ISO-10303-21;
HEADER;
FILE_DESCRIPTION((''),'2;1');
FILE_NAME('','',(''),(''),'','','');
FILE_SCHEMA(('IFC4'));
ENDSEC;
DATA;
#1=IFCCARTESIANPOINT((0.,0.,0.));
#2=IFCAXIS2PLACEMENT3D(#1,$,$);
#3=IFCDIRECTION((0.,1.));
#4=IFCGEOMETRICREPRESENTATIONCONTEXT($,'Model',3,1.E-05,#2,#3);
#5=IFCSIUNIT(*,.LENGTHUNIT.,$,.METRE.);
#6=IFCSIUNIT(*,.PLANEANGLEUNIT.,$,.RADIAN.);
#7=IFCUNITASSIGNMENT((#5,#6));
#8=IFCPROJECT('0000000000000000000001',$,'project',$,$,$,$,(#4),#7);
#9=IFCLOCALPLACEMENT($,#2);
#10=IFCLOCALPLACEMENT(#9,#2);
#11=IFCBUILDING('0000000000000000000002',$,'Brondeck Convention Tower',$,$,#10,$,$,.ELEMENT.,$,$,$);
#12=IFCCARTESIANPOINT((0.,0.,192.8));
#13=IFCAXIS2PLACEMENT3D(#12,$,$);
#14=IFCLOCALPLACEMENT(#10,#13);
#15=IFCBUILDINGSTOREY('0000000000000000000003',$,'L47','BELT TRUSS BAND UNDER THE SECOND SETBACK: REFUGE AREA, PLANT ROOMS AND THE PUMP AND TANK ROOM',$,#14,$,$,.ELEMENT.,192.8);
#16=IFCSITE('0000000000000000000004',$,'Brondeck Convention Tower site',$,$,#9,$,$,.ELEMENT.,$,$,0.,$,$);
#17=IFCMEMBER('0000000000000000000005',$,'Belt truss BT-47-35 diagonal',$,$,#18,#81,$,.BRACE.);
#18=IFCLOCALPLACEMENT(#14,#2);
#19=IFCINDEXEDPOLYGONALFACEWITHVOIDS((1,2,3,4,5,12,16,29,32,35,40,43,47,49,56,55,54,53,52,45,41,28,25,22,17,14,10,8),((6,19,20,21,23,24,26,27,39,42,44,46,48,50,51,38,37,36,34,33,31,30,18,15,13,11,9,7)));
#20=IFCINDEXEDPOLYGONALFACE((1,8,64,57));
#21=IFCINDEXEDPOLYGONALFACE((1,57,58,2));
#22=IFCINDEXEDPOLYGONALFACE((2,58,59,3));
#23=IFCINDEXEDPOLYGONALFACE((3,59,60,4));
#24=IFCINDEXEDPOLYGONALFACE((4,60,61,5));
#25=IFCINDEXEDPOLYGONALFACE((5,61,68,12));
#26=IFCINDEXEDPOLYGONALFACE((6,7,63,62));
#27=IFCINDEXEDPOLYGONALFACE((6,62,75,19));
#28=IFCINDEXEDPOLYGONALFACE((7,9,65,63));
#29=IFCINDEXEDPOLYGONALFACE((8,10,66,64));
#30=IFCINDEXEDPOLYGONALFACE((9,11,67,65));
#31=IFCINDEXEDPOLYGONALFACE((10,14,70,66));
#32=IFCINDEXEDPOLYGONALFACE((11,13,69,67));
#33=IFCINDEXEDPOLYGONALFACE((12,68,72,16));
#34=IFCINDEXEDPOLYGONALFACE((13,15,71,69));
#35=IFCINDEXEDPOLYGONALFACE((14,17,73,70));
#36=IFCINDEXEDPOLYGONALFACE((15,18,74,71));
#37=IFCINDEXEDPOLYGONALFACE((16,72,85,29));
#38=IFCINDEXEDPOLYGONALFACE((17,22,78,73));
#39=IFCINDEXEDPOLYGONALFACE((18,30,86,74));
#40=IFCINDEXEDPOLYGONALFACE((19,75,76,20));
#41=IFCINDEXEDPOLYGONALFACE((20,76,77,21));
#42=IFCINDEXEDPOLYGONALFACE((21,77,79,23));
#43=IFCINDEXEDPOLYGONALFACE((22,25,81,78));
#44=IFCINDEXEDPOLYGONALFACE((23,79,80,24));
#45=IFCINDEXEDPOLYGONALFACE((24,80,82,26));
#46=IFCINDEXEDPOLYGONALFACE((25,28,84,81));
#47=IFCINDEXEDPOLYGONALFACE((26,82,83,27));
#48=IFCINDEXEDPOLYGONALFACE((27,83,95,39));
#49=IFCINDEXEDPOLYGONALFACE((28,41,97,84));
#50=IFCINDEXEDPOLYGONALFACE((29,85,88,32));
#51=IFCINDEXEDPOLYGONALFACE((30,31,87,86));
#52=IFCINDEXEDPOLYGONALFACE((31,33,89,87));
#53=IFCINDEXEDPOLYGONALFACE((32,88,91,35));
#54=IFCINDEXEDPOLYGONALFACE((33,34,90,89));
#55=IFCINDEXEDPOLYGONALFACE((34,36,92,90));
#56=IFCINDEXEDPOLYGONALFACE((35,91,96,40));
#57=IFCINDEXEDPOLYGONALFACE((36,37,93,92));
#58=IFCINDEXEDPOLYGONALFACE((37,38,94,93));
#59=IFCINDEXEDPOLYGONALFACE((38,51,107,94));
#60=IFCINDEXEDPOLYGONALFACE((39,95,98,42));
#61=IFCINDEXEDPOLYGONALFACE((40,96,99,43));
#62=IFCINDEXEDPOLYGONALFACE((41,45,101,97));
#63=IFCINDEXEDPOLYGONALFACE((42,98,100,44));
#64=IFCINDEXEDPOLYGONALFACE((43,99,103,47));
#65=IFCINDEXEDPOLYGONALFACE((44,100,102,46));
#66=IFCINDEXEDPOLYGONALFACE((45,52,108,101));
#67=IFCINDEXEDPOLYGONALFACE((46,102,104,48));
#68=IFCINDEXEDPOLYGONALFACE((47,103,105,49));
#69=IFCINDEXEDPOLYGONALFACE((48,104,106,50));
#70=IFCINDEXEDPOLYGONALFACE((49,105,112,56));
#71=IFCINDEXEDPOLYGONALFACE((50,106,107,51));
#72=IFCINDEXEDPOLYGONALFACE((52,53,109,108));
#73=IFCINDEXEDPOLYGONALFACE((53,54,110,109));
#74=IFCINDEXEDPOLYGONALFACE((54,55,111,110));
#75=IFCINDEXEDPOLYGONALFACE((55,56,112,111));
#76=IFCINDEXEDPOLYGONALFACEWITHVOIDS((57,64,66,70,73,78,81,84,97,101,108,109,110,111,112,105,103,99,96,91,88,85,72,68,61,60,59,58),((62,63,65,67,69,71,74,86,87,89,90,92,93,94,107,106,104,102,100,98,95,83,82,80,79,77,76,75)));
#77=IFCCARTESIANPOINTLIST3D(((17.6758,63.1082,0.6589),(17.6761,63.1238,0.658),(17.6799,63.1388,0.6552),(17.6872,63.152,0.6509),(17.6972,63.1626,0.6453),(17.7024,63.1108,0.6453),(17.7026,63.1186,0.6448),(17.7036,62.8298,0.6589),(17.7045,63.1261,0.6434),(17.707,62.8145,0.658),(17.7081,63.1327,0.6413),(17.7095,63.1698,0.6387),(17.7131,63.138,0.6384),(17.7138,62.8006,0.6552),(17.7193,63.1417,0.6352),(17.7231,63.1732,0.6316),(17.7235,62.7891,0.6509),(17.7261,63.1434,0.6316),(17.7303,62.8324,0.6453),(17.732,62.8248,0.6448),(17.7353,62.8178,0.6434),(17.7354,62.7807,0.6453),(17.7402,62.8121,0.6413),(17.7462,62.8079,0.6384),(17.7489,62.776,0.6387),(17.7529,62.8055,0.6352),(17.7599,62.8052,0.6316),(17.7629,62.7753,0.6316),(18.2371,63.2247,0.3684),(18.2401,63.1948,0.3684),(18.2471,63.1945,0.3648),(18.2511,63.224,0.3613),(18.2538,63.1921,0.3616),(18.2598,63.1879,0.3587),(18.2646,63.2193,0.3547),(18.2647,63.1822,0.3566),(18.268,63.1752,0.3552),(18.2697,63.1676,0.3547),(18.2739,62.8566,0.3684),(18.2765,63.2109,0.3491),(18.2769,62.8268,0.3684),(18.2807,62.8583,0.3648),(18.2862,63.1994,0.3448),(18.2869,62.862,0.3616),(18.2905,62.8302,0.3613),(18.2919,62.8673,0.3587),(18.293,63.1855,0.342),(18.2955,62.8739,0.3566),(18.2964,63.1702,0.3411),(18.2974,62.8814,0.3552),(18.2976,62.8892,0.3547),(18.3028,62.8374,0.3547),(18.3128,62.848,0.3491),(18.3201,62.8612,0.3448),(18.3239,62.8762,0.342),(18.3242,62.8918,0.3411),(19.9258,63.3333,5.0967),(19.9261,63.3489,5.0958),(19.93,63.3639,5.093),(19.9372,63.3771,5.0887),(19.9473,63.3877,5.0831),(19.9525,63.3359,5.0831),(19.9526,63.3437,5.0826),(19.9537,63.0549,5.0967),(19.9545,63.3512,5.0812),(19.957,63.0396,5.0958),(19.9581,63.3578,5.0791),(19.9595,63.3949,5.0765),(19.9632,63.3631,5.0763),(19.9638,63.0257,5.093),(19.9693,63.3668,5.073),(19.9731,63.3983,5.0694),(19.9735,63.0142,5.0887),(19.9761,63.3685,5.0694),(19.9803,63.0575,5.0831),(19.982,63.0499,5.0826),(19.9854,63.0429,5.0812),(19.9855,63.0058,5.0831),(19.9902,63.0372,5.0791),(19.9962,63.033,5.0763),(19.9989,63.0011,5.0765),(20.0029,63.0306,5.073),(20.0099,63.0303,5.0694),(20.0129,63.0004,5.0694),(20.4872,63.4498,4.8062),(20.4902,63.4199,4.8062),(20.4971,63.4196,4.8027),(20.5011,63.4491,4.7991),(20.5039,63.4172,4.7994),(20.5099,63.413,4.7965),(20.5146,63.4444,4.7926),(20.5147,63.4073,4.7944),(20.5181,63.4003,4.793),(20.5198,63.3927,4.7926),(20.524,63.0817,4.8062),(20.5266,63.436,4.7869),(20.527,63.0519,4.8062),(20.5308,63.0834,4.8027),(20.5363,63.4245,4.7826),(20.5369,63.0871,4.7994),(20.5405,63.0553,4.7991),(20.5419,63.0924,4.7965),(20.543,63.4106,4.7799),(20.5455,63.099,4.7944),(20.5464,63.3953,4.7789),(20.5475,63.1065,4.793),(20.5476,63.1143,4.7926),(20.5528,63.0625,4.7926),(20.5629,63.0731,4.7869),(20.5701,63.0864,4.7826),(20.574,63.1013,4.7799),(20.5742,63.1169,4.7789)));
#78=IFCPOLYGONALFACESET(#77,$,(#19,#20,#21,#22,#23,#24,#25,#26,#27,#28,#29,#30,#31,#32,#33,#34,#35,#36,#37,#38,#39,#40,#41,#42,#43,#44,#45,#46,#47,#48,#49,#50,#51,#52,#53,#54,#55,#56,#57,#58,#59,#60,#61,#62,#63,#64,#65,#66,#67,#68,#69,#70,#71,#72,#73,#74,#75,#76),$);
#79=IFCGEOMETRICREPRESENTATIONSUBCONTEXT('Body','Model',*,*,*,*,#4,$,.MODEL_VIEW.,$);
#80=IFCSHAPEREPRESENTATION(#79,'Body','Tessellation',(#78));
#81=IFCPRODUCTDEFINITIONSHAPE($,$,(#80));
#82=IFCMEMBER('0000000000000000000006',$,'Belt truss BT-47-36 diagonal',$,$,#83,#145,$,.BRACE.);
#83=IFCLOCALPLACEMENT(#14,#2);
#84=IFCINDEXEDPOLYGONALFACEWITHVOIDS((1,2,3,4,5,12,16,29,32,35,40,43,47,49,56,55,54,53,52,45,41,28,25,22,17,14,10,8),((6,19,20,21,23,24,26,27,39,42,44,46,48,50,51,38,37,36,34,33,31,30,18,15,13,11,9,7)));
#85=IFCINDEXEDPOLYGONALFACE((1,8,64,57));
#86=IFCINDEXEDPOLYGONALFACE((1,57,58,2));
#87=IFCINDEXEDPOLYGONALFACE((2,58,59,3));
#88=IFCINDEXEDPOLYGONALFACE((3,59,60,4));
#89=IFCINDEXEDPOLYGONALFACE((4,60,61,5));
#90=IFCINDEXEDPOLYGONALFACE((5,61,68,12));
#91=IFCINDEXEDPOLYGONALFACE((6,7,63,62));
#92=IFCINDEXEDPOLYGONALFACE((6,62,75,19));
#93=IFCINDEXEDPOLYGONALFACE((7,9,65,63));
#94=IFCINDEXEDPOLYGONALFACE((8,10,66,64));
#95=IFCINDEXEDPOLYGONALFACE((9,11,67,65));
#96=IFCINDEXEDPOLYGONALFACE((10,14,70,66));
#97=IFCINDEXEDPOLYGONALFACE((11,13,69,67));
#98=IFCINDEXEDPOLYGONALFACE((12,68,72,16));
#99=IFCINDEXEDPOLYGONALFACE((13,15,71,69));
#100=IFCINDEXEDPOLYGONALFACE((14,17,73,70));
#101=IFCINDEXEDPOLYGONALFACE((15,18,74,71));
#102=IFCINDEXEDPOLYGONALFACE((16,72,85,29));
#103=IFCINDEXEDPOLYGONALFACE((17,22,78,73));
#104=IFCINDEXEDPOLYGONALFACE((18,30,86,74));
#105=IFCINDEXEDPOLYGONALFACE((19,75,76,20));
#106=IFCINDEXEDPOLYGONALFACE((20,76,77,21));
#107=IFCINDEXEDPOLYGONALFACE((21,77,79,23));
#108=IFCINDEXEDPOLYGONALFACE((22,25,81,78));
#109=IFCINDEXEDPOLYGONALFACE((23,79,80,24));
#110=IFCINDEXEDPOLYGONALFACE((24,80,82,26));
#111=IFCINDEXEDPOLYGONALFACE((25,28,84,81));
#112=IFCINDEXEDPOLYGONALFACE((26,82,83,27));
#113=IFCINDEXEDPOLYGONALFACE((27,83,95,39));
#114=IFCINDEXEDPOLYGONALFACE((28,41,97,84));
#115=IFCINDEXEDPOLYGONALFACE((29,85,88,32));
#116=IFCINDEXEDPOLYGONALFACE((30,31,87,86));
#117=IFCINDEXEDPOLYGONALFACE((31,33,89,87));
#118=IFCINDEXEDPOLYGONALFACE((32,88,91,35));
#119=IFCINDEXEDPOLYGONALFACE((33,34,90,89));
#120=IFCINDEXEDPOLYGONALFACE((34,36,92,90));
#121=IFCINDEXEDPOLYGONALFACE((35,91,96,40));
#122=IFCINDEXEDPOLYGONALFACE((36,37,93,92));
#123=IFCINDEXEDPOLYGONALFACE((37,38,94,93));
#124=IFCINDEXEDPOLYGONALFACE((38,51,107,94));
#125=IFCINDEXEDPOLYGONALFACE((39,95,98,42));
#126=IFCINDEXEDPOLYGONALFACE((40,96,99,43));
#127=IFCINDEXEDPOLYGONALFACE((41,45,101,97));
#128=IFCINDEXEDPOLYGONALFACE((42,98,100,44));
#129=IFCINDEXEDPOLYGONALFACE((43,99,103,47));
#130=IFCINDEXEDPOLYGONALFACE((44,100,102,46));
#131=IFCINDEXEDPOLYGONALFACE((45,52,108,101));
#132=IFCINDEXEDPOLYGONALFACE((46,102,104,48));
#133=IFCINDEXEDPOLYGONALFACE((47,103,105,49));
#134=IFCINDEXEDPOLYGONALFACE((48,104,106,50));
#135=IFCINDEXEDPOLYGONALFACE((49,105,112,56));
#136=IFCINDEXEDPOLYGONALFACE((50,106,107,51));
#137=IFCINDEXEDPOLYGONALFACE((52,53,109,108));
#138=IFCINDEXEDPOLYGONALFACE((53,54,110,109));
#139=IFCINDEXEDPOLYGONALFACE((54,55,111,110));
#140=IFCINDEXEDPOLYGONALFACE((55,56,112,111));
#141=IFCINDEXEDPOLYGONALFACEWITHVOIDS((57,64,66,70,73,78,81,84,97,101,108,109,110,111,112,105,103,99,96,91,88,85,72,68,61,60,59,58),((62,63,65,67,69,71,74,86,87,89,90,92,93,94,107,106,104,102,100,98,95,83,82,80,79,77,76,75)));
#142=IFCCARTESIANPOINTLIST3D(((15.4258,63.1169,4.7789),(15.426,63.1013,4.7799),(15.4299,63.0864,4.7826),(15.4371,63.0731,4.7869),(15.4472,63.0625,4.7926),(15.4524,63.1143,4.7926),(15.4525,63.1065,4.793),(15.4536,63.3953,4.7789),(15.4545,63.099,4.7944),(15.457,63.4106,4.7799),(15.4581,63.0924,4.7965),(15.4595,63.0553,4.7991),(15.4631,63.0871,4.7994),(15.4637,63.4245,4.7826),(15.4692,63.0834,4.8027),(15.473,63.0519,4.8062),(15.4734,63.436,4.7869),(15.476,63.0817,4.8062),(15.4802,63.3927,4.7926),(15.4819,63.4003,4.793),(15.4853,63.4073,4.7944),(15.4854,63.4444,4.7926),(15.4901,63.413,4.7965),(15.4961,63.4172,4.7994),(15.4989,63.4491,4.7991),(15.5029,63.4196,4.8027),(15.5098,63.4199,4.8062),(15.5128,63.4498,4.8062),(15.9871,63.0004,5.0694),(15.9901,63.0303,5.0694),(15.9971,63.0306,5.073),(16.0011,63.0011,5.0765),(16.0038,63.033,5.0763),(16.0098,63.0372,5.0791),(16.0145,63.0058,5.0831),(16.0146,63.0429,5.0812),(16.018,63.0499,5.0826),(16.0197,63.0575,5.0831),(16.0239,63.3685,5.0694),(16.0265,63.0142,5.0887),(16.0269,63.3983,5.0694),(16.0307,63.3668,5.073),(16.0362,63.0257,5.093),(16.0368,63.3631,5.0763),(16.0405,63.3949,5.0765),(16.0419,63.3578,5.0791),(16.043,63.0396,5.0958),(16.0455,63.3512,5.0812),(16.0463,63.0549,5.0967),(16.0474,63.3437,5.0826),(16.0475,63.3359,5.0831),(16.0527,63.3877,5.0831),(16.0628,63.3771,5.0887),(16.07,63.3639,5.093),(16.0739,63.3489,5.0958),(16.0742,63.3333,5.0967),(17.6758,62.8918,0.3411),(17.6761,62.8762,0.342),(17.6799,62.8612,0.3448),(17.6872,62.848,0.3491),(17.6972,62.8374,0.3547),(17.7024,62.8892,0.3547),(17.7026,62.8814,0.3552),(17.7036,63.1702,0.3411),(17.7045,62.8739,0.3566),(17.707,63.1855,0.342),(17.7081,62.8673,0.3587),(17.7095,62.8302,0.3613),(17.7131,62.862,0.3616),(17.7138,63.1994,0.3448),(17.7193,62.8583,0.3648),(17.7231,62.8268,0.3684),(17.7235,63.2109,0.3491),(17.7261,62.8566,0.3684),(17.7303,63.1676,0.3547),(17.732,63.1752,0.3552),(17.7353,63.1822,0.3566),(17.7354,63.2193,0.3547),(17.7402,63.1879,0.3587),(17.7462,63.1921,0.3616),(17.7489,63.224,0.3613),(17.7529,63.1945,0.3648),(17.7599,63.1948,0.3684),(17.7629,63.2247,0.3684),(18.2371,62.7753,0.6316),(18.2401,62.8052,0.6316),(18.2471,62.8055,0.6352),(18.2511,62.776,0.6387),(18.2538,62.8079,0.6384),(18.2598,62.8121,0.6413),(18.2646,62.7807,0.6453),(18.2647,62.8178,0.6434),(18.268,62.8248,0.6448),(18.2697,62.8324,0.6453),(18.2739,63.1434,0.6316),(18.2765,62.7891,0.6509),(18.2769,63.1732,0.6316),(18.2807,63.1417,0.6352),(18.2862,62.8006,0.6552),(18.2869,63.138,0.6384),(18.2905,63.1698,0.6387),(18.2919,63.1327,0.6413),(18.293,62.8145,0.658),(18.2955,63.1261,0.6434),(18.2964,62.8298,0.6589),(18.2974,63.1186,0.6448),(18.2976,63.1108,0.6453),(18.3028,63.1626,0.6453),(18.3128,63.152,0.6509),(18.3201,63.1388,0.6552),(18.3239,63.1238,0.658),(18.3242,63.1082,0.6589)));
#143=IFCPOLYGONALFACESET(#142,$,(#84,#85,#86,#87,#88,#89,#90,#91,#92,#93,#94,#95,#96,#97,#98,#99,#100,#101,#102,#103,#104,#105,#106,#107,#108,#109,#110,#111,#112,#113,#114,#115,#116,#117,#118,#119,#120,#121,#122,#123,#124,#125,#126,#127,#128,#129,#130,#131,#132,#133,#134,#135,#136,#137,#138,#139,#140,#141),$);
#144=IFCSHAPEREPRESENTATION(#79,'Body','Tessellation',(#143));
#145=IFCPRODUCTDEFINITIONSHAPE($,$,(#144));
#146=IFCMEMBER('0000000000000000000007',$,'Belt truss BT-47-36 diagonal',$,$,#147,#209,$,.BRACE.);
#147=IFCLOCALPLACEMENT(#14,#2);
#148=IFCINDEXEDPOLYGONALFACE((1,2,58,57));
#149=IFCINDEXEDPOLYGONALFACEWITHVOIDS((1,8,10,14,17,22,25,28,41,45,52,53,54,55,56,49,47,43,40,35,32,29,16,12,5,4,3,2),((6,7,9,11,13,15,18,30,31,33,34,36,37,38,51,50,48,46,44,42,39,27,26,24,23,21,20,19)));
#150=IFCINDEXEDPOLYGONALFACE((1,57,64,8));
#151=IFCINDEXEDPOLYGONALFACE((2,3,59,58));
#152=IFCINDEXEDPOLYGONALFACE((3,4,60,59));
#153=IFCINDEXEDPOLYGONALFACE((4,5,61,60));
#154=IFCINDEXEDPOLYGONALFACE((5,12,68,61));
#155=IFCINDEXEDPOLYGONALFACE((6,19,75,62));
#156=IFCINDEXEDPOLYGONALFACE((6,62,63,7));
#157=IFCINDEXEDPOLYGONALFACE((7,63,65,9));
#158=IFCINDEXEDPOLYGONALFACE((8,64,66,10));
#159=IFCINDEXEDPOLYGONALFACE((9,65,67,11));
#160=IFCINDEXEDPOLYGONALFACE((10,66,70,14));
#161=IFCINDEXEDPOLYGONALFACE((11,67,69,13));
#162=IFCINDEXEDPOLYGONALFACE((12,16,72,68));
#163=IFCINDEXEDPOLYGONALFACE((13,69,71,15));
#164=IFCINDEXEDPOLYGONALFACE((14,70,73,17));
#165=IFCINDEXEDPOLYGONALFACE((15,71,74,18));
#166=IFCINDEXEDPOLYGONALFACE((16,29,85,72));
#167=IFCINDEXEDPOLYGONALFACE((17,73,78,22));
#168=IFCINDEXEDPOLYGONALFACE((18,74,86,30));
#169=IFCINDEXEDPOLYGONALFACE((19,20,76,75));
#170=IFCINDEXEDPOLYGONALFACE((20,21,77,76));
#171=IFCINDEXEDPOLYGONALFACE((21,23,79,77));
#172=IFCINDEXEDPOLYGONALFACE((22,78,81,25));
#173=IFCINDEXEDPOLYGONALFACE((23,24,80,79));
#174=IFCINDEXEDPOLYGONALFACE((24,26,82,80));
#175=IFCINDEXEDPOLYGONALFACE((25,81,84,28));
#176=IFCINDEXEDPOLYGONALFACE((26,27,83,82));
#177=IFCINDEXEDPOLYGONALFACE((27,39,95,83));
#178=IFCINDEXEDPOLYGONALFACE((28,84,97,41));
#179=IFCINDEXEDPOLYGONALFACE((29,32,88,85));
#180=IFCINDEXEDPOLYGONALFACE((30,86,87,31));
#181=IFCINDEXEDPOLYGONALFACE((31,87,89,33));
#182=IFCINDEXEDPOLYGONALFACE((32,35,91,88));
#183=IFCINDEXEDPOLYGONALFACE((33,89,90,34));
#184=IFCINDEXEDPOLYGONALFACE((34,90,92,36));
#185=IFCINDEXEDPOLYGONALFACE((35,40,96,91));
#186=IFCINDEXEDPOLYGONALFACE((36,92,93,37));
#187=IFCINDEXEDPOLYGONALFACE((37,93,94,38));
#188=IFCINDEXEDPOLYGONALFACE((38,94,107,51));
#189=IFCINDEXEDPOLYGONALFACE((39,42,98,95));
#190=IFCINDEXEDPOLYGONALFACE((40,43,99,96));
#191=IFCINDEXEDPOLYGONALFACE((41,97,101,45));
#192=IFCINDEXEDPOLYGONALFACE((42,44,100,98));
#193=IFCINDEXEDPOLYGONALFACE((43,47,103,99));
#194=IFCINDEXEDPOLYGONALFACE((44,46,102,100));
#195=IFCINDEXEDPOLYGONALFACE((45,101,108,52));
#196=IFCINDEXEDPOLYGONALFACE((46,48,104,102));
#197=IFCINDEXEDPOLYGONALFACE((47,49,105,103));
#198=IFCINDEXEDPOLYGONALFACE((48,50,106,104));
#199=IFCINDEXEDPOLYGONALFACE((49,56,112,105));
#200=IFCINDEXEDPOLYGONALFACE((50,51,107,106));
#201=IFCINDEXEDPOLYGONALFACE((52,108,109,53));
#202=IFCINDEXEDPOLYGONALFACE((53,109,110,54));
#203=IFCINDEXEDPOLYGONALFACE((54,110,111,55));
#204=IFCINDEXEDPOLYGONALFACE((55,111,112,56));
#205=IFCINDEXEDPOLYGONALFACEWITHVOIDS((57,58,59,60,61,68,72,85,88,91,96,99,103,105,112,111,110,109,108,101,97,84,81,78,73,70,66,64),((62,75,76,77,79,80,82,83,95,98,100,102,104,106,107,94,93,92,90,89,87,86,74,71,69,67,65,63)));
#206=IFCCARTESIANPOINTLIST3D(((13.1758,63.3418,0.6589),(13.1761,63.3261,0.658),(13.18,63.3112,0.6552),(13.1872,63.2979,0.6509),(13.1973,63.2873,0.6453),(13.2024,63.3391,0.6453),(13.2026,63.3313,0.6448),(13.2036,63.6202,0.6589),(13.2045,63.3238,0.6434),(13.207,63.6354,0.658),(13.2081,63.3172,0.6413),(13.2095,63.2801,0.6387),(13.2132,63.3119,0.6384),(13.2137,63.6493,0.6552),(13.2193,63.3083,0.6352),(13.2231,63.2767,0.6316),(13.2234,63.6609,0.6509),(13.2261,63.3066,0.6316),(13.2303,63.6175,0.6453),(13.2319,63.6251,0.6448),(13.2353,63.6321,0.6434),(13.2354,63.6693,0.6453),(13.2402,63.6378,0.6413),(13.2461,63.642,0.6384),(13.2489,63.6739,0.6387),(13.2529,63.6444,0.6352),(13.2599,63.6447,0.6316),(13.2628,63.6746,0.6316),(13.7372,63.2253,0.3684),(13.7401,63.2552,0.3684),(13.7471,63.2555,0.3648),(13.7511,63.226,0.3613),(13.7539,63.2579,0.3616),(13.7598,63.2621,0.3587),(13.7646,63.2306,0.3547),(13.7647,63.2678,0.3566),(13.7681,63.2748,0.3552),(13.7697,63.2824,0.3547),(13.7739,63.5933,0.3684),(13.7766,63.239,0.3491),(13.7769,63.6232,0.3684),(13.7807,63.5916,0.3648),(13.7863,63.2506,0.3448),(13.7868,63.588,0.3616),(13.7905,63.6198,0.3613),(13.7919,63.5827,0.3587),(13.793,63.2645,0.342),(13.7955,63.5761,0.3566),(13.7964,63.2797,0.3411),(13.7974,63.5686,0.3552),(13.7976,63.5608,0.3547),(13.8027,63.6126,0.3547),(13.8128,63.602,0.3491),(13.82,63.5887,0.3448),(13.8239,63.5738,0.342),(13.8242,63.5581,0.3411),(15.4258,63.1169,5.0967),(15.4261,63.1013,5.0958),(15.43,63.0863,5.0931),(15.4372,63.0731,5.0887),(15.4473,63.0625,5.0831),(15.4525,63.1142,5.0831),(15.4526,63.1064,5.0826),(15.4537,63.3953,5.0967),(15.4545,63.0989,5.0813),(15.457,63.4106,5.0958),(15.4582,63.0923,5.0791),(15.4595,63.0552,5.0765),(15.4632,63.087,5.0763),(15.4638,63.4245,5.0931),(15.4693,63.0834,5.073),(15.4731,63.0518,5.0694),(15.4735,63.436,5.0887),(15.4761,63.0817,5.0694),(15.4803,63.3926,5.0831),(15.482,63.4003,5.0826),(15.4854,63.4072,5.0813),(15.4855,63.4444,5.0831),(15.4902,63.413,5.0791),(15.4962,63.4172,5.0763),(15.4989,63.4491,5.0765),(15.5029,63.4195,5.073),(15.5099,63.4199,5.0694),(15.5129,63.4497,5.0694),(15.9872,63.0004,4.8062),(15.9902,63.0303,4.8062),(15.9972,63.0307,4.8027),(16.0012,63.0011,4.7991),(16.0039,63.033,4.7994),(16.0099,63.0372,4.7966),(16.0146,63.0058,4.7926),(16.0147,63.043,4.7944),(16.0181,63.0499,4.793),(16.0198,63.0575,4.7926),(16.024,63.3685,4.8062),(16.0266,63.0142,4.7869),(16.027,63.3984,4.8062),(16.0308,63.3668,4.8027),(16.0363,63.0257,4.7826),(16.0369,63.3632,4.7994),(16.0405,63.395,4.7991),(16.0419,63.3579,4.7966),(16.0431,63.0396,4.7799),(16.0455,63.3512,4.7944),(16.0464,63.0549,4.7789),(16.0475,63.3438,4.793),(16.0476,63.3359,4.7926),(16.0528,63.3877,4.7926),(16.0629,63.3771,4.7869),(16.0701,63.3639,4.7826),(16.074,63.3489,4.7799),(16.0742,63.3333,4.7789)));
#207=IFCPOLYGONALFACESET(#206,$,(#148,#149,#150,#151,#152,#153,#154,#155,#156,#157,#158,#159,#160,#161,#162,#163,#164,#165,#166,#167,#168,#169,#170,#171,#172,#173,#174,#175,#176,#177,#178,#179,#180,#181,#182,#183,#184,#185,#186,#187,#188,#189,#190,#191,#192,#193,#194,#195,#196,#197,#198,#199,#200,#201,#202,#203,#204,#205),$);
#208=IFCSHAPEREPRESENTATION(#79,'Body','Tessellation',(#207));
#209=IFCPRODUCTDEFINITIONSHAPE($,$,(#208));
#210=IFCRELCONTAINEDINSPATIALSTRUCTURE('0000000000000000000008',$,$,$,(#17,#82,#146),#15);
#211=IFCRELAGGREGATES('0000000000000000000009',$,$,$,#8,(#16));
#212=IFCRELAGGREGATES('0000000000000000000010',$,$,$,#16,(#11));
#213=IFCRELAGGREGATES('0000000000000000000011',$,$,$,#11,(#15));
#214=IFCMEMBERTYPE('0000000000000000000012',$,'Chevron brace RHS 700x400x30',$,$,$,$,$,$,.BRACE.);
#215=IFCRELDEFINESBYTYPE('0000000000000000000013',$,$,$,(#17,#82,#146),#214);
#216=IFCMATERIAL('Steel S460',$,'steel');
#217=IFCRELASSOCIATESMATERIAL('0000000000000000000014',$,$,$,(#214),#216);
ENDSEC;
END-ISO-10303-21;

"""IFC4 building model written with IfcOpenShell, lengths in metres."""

from ifc_helpers import new_model, si_unit, direction, frame, origin, origin_2d, place, context, subcontext, project, spatial, hollow_rectangle, extrude, material, material_profile, profile_set, type_object, element, save


model = new_model("IFC4")

# Units and contexts
model_context = context("Model", 3, precision=1e-05, world=origin(), true_north=direction((0.0, 1.0)))
body_context = subcontext(model_context, "Body", "Model", "MODEL_VIEW")
ifc_project = project(units=[si_unit("LENGTHUNIT", "METRE"), si_unit("PLANEANGLEUNIT", "RADIAN")], contexts=[model_context])

# Site, building, storey
site_placement = place(None, origin())
site = spatial("IfcSite", under=ifc_project, at=site_placement, Name="Brondeck Convention Tower site", CompositionType="ELEMENT", RefElevation=0.0)
building_placement = place(site_placement, origin())
building = spatial("IfcBuilding", under=site, at=building_placement, Name="Brondeck Convention Tower", CompositionType="ELEMENT")
storey_placement = place(building_placement, frame((0.0, 0.0, 192.8)))
storey = spatial("IfcBuildingStorey", under=building, at=storey_placement, Name="L47", Description="BELT TRUSS BAND UNDER THE SECOND SETBACK: REFUGE AREA, PLANT ROOMS AND THE PUMP AND TANK ROOM", CompositionType="ELEMENT", Elevation=192.8)

# Members
ifc_material_1 = material(Name="Steel S460", Category="steel")
ifc_material_profile_1 = material_profile(ifc_material_1, hollow_rectangle(XDim=0.3999, YDim=0.7, WallThickness=0.03, InnerFilletRadius=0.03, OuterFilletRadius=0.0601, at=origin_2d()), Name="RHS 700x400x30")
ifc_profile_set_1 = profile_set([ifc_material_profile_1], Name="Steel S460")
member_type_1 = type_object("IfcMemberType", Name="Chevron brace RHS 700x400x30", PredefinedType="BRACE", material=ifc_profile_set_1)
for number, where, z_axis, x_axis, name in (
    (1, (18.0, 63.0, 0.5), (0.451749, 0.045195, 0.890999), (-0.099546, 0.995033, 0.0), "Belt truss BT-47-35 diagonal"),
    (2, (18.0, 63.0, 0.5), (-0.451749, 0.045195, 0.890999), (-0.099546, -0.995033, 0.0), "Belt truss BT-47-36 diagonal"),
    (3, (13.5, 63.45, 0.5), (0.45175, -0.045146, 0.891001), (0.09944, 0.995044, 0.0), "Belt truss BT-47-36 diagonal"),
):
    element("IfcMember", number, at=place(storey_placement, frame(where, z_axis=z_axis, x_axis=x_axis)), inside=storey, type_object=member_type_1, Name=name, PredefinedType="BRACE", context=body_context, shape_type="SweptSolid", body=[
        extrude(hollow_rectangle(XDim=0.3999, YDim=0.7, WallThickness=0.03, InnerFilletRadius=0.03, OuterFilletRadius=0.0601, at=origin_2d()), origin(), (0.0, 0.0, 1.0), 4.9807),
    ])

save(model, "model.ifc")
